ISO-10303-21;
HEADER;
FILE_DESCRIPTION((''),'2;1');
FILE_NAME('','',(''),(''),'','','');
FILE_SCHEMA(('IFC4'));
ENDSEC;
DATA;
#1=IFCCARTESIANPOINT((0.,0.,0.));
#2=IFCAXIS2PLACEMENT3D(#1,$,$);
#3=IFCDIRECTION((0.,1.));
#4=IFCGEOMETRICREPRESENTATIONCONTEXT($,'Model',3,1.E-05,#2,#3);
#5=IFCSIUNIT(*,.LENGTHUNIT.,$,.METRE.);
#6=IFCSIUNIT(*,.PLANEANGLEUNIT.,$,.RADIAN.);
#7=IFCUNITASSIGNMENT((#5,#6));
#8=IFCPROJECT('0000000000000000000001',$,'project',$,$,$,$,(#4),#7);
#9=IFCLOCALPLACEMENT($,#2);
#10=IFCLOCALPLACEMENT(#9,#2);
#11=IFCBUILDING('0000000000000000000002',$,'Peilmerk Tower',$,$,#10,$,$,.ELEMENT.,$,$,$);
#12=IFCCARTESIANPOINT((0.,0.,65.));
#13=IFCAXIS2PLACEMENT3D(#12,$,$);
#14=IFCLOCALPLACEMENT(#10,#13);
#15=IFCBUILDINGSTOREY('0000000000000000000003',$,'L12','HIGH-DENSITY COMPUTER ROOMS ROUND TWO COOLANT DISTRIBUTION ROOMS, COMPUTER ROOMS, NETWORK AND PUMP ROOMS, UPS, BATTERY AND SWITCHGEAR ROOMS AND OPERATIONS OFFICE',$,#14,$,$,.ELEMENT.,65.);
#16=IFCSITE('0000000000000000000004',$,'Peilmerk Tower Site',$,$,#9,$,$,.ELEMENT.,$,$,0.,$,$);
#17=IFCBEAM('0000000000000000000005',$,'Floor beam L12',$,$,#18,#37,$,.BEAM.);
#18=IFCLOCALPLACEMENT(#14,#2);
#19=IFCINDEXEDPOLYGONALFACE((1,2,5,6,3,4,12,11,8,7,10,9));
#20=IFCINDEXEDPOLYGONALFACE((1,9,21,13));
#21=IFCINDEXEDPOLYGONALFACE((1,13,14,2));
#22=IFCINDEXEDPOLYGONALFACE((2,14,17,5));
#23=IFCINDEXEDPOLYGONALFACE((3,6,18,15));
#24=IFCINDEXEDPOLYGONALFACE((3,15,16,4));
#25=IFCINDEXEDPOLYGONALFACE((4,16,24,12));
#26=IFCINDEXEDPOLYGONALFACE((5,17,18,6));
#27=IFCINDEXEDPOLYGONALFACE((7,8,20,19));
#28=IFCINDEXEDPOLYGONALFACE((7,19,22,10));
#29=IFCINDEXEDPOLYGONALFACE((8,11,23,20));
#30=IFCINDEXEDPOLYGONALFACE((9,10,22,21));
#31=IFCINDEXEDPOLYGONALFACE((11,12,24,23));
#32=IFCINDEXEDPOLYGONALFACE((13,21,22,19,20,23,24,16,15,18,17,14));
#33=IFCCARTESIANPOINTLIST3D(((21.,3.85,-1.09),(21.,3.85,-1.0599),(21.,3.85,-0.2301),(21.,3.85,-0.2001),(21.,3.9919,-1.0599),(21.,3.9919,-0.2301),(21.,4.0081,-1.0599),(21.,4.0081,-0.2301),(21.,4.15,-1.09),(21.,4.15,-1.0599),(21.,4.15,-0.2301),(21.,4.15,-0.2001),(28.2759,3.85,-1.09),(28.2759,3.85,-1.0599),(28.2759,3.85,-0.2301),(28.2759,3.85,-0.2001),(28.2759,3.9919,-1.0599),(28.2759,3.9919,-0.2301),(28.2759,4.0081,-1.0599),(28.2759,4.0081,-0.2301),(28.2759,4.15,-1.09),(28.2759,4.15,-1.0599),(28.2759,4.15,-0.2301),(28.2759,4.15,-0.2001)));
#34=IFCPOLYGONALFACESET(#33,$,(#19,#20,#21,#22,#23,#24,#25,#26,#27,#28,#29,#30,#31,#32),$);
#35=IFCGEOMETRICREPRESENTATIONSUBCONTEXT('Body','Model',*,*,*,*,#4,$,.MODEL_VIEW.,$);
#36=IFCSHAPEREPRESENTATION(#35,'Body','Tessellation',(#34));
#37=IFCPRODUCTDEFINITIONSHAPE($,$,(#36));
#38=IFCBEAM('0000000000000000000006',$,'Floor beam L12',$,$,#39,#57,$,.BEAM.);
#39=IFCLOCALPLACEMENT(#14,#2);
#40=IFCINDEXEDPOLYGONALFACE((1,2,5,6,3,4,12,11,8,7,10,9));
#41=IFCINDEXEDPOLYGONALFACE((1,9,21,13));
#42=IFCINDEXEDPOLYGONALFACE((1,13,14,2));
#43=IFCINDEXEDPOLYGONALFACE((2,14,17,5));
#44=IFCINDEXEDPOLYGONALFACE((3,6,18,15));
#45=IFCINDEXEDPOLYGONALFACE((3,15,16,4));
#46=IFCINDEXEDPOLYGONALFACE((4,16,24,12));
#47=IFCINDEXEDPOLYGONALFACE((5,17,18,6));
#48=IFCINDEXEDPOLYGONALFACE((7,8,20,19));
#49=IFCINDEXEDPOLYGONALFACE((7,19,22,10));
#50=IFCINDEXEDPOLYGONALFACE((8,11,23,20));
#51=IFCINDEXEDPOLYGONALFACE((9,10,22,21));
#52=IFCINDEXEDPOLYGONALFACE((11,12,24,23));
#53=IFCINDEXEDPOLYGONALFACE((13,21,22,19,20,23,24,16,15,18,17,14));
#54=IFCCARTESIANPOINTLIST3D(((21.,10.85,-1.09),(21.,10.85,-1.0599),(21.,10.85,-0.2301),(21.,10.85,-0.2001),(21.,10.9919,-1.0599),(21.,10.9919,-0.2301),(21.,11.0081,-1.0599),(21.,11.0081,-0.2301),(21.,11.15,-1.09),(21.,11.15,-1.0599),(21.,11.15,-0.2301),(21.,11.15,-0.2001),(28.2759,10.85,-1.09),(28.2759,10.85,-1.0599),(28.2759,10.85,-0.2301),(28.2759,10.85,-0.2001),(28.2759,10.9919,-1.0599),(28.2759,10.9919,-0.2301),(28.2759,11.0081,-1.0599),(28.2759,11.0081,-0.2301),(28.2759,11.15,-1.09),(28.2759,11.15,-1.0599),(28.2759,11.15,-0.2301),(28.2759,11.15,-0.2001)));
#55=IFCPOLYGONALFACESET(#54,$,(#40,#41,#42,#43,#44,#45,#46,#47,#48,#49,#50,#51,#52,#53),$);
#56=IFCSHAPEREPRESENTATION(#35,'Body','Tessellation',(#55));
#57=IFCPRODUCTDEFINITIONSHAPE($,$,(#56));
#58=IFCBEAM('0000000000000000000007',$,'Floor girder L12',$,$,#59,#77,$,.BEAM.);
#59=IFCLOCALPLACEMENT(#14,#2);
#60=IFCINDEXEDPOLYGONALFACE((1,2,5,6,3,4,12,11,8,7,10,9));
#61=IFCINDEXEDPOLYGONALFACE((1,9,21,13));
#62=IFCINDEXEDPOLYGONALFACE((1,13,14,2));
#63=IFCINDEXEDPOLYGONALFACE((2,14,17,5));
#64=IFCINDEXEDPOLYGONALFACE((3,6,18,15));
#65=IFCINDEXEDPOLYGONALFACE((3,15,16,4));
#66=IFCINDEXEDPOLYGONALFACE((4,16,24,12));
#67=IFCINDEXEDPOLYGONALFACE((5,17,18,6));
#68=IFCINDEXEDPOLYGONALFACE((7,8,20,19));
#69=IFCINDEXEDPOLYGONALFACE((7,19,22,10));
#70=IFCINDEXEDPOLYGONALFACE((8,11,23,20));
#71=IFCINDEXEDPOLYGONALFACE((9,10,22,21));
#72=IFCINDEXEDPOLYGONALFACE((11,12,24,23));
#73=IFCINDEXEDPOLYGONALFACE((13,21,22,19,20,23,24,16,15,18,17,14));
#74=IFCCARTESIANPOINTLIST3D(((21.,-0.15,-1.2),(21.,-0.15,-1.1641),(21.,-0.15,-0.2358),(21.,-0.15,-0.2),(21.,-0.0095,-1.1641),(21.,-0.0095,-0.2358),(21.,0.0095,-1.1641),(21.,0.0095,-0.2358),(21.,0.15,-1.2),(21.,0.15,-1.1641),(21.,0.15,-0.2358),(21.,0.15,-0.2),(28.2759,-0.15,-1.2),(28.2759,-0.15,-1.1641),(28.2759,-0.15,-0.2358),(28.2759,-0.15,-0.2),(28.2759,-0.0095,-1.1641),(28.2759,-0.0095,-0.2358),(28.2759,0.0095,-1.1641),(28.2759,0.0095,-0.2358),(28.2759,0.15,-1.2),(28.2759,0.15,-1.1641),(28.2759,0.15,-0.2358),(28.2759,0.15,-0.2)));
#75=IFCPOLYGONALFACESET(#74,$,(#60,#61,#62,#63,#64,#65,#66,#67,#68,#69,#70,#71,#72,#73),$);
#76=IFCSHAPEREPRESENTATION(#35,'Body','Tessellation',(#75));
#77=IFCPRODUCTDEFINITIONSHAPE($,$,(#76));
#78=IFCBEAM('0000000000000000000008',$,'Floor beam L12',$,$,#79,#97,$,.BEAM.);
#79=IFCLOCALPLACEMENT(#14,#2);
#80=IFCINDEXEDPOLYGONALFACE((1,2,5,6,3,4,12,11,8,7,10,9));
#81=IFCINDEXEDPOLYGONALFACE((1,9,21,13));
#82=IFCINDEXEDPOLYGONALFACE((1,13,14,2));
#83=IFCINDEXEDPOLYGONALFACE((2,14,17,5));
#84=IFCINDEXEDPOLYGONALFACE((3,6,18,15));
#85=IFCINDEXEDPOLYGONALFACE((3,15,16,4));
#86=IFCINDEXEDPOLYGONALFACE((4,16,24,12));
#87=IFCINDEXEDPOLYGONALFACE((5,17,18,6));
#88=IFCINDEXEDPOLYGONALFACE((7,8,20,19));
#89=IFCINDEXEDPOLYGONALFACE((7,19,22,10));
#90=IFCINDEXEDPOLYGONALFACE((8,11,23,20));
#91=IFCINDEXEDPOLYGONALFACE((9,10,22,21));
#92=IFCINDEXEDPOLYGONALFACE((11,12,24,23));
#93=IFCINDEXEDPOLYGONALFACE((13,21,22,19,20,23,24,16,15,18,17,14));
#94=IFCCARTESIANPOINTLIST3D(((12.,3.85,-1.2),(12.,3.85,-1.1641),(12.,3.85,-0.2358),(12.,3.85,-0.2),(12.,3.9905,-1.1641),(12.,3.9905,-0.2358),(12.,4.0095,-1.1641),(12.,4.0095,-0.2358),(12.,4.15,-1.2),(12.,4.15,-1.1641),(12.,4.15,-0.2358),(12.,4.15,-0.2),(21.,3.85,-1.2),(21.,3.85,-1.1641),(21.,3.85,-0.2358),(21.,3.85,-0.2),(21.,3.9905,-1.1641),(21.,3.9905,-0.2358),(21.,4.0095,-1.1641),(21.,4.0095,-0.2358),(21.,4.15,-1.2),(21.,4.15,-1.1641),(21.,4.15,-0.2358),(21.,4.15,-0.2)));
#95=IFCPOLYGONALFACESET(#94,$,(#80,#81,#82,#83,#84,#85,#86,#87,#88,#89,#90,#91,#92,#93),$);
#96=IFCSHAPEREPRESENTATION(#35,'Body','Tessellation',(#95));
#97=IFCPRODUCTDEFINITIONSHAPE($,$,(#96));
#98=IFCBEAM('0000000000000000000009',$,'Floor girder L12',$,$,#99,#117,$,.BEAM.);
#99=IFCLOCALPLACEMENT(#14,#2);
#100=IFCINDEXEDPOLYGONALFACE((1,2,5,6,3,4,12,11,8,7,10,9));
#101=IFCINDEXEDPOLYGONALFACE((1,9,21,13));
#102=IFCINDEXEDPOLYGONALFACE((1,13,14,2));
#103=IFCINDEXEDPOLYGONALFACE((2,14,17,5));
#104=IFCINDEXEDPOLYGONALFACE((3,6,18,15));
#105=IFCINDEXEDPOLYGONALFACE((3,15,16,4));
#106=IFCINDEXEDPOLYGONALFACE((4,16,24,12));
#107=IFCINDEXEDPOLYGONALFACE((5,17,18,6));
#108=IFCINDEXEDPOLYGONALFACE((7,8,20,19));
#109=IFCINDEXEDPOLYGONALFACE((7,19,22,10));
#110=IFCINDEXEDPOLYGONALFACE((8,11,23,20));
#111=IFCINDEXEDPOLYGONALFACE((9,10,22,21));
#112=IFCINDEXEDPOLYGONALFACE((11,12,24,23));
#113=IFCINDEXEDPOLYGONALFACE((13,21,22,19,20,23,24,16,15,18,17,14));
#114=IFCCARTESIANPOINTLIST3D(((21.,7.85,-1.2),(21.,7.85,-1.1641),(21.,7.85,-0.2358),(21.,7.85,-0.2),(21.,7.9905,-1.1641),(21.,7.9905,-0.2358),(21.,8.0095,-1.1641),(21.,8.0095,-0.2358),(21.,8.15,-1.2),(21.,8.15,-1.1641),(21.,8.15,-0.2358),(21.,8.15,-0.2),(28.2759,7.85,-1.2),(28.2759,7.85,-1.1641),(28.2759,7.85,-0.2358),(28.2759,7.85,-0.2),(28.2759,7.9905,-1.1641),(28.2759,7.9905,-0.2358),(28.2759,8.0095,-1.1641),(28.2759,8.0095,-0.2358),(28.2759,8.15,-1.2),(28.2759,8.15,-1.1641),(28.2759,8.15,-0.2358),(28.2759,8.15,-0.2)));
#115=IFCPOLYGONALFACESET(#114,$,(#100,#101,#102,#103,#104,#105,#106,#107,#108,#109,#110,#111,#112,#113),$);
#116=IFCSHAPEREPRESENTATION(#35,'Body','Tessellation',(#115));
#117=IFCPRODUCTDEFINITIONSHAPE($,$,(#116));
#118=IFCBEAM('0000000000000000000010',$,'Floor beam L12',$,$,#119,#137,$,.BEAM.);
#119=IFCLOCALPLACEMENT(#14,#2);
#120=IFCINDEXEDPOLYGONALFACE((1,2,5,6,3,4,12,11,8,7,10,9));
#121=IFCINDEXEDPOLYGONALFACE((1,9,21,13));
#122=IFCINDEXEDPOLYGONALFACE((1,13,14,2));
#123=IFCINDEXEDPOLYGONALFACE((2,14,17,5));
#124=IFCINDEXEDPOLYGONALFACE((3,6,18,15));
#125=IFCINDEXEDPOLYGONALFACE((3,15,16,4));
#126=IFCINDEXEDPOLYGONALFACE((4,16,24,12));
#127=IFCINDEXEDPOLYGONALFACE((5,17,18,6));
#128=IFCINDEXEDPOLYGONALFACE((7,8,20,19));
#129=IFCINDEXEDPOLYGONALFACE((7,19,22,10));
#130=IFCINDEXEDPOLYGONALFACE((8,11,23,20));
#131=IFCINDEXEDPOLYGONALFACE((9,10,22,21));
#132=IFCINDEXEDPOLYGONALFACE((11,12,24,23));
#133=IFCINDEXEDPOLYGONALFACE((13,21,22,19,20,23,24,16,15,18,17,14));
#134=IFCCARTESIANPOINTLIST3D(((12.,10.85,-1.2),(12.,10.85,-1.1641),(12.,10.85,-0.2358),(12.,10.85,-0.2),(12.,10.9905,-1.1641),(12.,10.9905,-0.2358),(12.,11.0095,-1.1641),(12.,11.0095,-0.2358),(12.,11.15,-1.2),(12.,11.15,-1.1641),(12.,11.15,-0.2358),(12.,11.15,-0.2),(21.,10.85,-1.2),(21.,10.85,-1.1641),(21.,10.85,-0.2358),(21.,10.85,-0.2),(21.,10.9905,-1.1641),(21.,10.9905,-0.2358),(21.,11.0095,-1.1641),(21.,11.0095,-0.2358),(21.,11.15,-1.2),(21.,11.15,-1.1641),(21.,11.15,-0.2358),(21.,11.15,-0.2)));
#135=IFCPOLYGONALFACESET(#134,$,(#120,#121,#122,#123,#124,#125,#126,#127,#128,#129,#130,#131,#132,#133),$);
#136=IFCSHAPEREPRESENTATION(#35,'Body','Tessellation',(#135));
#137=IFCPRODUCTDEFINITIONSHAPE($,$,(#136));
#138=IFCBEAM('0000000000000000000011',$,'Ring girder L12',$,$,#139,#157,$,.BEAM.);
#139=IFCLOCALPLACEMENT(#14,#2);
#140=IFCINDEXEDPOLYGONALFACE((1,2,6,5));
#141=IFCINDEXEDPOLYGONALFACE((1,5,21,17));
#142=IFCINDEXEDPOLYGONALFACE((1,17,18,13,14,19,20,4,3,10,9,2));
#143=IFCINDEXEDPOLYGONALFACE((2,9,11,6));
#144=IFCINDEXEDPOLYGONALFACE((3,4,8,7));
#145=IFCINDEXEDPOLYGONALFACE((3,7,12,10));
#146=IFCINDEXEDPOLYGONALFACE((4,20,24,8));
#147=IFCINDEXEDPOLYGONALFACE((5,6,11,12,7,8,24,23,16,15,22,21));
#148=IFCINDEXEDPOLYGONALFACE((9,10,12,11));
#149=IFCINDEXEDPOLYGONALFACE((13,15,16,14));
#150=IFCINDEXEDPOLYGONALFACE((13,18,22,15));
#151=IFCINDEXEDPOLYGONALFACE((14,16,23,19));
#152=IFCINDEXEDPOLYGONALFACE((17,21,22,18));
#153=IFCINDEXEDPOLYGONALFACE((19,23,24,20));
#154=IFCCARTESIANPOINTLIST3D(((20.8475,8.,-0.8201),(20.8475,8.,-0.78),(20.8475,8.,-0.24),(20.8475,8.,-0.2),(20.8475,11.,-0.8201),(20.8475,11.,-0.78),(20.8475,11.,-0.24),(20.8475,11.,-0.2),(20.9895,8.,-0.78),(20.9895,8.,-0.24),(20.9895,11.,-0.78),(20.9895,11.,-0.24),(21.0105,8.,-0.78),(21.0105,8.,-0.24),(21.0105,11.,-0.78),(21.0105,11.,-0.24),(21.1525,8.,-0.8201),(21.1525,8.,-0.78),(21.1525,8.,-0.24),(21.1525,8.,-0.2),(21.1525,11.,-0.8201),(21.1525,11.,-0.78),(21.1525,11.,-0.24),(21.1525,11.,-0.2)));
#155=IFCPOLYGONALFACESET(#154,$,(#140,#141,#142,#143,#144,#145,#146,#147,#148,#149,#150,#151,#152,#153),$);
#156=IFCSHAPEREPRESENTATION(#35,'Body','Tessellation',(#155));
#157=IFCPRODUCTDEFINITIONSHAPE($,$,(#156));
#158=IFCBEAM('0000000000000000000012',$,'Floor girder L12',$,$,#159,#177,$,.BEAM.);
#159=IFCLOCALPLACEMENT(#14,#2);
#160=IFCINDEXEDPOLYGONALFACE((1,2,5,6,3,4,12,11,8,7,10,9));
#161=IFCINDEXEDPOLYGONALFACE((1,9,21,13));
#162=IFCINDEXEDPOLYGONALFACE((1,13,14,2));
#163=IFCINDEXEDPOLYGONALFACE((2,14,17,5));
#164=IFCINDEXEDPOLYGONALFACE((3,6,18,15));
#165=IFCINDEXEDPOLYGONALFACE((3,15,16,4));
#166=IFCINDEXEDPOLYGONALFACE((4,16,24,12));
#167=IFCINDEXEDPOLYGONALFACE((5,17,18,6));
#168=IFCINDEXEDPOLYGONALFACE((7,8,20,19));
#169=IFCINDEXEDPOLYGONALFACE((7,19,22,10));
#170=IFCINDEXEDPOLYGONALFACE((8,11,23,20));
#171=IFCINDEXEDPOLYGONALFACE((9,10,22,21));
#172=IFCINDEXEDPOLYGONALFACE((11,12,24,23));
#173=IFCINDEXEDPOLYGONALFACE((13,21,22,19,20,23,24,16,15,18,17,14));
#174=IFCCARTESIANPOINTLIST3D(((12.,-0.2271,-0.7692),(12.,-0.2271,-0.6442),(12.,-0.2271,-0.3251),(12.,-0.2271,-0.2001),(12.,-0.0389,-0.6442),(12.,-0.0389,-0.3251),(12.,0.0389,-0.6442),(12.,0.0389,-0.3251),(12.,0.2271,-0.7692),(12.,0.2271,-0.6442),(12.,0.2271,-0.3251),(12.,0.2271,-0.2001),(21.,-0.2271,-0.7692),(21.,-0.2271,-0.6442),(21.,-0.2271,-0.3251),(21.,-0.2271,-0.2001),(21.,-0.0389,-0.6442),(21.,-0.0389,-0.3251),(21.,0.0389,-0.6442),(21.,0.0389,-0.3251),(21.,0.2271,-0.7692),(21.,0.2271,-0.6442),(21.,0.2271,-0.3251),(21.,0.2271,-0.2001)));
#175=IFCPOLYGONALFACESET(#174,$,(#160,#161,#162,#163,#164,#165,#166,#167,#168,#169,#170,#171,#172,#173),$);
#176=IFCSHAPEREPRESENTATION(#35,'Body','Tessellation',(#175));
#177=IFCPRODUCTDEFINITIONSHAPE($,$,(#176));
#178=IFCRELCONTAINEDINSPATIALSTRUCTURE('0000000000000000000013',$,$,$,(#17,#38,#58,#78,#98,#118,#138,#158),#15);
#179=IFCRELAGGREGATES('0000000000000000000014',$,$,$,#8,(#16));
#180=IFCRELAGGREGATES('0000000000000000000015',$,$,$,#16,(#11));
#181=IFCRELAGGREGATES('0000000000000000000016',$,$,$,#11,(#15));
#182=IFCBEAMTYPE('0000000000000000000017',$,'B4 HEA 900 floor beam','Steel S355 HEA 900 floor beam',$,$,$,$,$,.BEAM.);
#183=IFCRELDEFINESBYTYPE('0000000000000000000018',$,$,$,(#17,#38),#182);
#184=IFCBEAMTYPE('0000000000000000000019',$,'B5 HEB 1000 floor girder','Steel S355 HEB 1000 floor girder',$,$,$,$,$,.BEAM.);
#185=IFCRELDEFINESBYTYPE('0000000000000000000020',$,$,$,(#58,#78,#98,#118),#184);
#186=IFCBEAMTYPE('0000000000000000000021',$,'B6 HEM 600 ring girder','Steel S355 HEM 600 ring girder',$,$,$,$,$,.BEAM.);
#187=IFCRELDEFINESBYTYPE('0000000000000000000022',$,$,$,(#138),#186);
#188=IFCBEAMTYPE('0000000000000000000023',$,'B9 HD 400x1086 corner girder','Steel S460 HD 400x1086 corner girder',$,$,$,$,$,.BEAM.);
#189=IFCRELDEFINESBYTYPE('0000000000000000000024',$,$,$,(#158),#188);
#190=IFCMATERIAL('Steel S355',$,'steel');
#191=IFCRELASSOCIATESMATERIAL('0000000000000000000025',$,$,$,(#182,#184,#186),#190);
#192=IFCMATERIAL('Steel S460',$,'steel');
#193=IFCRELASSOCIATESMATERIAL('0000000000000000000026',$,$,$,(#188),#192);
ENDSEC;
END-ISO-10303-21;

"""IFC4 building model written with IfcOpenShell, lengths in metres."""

from ifc_helpers import new_model, si_unit, direction, frame, origin, origin_2d, place, context, subcontext, project, spatial, i_section, extrude, material, material_profile, profile_set, type_object, element, save


model = new_model("IFC4")

# Units and contexts
model_context = context("Model", 3, precision=1e-05, world=origin(), true_north=direction((0.0, 1.0)))
body_context = subcontext(model_context, "Body", "Model", "MODEL_VIEW")
ifc_project = project(units=[si_unit("LENGTHUNIT", "METRE"), si_unit("PLANEANGLEUNIT", "RADIAN")], contexts=[model_context])

# Site, building, storey
site_placement = place(None, origin())
site = spatial("IfcSite", under=ifc_project, at=site_placement, Name="Peilmerk Tower Site", CompositionType="ELEMENT", RefElevation=0.0)
building_placement = place(site_placement, origin())
building = spatial("IfcBuilding", under=site, at=building_placement, Name="Peilmerk Tower", CompositionType="ELEMENT")
storey_placement = place(building_placement, frame((0.0, 0.0, 65.0)))
storey = spatial("IfcBuildingStorey", under=building, at=storey_placement, Name="L12", Description="HIGH-DENSITY COMPUTER ROOMS ROUND TWO COOLANT DISTRIBUTION ROOMS, COMPUTER ROOMS, NETWORK AND PUMP ROOMS, UPS, BATTERY AND SWITCHGEAR ROOMS AND OPERATIONS OFFICE", CompositionType="ELEMENT", Elevation=65.0)

# Beams
ifc_material_1 = material(Name="Steel S355", Category="steel")
ifc_material_profile_1 = material_profile(ifc_material_1, i_section(OverallWidth=0.3, OverallDepth=0.8899, WebThickness=0.0161, FlangeThickness=0.03, at=origin_2d()), Name="HEA 900")
ifc_profile_set_1 = profile_set([ifc_material_profile_1], Name="Steel S355")
beam_type_1 = type_object("IfcBeamType", Name="B4 HEA 900 floor beam", Description="Steel S355 HEA 900 floor beam", PredefinedType="BEAM", material=ifc_profile_set_1)
for number, where, z_axis, x_axis, name in (
    (1, (21.0, 4.0, -0.645), (1.0, 0.0, 0.0), (0.0, 1.0, 0.0), "Floor beam L12"),
    (2, (21.0, 11.0, -0.645), (1.0, 0.0, 0.0), (0.0, 1.0, 0.0), "Floor beam L12"),
):
    element("IfcBeam", number, at=place(storey_placement, frame(where, z_axis=z_axis, x_axis=x_axis)), inside=storey, type_object=beam_type_1, Name=name, PredefinedType="BEAM", context=body_context, shape_type="SweptSolid", body=[
        extrude(i_section(OverallWidth=0.3, OverallDepth=0.8899, WebThickness=0.0161, FlangeThickness=0.03, at=origin_2d()), origin(), (0.0, 0.0, 1.0), 7.2759),
    ])
ifc_material_profile_2 = material_profile(ifc_material_1, i_section(OverallWidth=0.3, OverallDepth=1.0, WebThickness=0.019, FlangeThickness=0.0359, at=origin_2d()), Name="HEB 1000")
ifc_profile_set_2 = profile_set([ifc_material_profile_2], Name="Steel S355")
beam_type_2 = type_object("IfcBeamType", Name="B5 HEB 1000 floor girder", Description="Steel S355 HEB 1000 floor girder", PredefinedType="BEAM", material=ifc_profile_set_2)
beam_1_placement = place(storey_placement, frame((21.0, 0.0, -0.7), z_axis=(1.0, 0.0, 0.0), x_axis=(0.0, 1.0, 0.0)))
element("IfcBeam", 3, at=beam_1_placement, inside=storey, type_object=beam_type_2, Name="Floor girder L12", PredefinedType="BEAM", context=body_context, shape_type="SweptSolid", body=[
    extrude(i_section(OverallWidth=0.3, OverallDepth=1.0, WebThickness=0.019, FlangeThickness=0.0359, at=origin_2d()), origin(), (0.0, 0.0, 1.0), 7.2759),
])
beam_2_placement = place(storey_placement, frame((12.0, 4.0, -0.7), z_axis=(1.0, 0.0, 0.0), x_axis=(0.0, 1.0, 0.0)))
element("IfcBeam", 4, at=beam_2_placement, inside=storey, type_object=beam_type_2, Name="Floor beam L12", PredefinedType="BEAM", context=body_context, shape_type="SweptSolid", body=[
    extrude(i_section(OverallWidth=0.3, OverallDepth=1.0, WebThickness=0.019, FlangeThickness=0.0359, at=origin_2d()), origin(), (0.0, 0.0, 1.0), 9.0),
])
beam_3_placement = place(storey_placement, frame((21.0, 8.0, -0.7), z_axis=(1.0, 0.0, 0.0), x_axis=(0.0, 1.0, 0.0)))
element("IfcBeam", 5, at=beam_3_placement, inside=storey, type_object=beam_type_2, Name="Floor girder L12", PredefinedType="BEAM", context=body_context, shape_type="SweptSolid", body=[
    extrude(i_section(OverallWidth=0.3, OverallDepth=1.0, WebThickness=0.019, FlangeThickness=0.0359, at=origin_2d()), origin(), (0.0, 0.0, 1.0), 7.2759),
])
beam_4_placement = place(storey_placement, frame((12.0, 11.0, -0.7), z_axis=(1.0, 0.0, 0.0), x_axis=(0.0, 1.0, 0.0)))
element("IfcBeam", 6, at=beam_4_placement, inside=storey, type_object=beam_type_2, Name="Floor beam L12", PredefinedType="BEAM", context=body_context, shape_type="SweptSolid", body=[
    extrude(i_section(OverallWidth=0.3, OverallDepth=1.0, WebThickness=0.019, FlangeThickness=0.0359, at=origin_2d()), origin(), (0.0, 0.0, 1.0), 9.0),
])
ifc_material_profile_3 = material_profile(ifc_material_1, i_section(OverallWidth=0.3049, OverallDepth=0.6201, WebThickness=0.021, FlangeThickness=0.04, at=origin_2d()), Name="HEM 600")
ifc_profile_set_3 = profile_set([ifc_material_profile_3], Name="Steel S355")
beam_type_3 = type_object("IfcBeamType", Name="B6 HEM 600 ring girder", Description="Steel S355 HEM 600 ring girder", PredefinedType="BEAM", material=ifc_profile_set_3)
beam_5_placement = place(storey_placement, frame((21.0, 8.0, -0.51), z_axis=(0.0, 1.0, 0.0), x_axis=(-1.0, 0.0, 0.0)))
element("IfcBeam", 7, at=beam_5_placement, inside=storey, type_object=beam_type_3, Name="Ring girder L12", PredefinedType="BEAM", context=body_context, shape_type="SweptSolid", body=[
    extrude(i_section(OverallWidth=0.3049, OverallDepth=0.6201, WebThickness=0.021, FlangeThickness=0.04, at=origin_2d()), origin(), (0.0, 0.0, 1.0), 3.0),
])
ifc_material_2 = material(Name="Steel S460", Category="steel")
ifc_material_profile_4 = material_profile(ifc_material_2, i_section(OverallWidth=0.4541, OverallDepth=0.5691, WebThickness=0.0779, FlangeThickness=0.125, at=origin_2d()), Name="HD 400x1086")
ifc_profile_set_4 = profile_set([ifc_material_profile_4], Name="Steel S460")
beam_type_4 = type_object("IfcBeamType", Name="B9 HD 400x1086 corner girder", Description="Steel S460 HD 400x1086 corner girder", PredefinedType="BEAM", material=ifc_profile_set_4)
for number, where, z_axis, x_axis, name in (
    (8, (12.0, 0.0, -0.4846), (1.0, 0.0, 0.0), (0.0, 1.0, 0.0), "Floor girder L12"),
):
    element("IfcBeam", number, at=place(storey_placement, frame(where, z_axis=z_axis, x_axis=x_axis)), inside=storey, type_object=beam_type_4, Name=name, PredefinedType="BEAM", context=body_context, shape_type="SweptSolid", body=[
        extrude(i_section(OverallWidth=0.4541, OverallDepth=0.5691, WebThickness=0.0779, FlangeThickness=0.125, at=origin_2d()), origin(), (0.0, 0.0, 1.0), 9.0),
    ])

save(model, "model.ifc")
